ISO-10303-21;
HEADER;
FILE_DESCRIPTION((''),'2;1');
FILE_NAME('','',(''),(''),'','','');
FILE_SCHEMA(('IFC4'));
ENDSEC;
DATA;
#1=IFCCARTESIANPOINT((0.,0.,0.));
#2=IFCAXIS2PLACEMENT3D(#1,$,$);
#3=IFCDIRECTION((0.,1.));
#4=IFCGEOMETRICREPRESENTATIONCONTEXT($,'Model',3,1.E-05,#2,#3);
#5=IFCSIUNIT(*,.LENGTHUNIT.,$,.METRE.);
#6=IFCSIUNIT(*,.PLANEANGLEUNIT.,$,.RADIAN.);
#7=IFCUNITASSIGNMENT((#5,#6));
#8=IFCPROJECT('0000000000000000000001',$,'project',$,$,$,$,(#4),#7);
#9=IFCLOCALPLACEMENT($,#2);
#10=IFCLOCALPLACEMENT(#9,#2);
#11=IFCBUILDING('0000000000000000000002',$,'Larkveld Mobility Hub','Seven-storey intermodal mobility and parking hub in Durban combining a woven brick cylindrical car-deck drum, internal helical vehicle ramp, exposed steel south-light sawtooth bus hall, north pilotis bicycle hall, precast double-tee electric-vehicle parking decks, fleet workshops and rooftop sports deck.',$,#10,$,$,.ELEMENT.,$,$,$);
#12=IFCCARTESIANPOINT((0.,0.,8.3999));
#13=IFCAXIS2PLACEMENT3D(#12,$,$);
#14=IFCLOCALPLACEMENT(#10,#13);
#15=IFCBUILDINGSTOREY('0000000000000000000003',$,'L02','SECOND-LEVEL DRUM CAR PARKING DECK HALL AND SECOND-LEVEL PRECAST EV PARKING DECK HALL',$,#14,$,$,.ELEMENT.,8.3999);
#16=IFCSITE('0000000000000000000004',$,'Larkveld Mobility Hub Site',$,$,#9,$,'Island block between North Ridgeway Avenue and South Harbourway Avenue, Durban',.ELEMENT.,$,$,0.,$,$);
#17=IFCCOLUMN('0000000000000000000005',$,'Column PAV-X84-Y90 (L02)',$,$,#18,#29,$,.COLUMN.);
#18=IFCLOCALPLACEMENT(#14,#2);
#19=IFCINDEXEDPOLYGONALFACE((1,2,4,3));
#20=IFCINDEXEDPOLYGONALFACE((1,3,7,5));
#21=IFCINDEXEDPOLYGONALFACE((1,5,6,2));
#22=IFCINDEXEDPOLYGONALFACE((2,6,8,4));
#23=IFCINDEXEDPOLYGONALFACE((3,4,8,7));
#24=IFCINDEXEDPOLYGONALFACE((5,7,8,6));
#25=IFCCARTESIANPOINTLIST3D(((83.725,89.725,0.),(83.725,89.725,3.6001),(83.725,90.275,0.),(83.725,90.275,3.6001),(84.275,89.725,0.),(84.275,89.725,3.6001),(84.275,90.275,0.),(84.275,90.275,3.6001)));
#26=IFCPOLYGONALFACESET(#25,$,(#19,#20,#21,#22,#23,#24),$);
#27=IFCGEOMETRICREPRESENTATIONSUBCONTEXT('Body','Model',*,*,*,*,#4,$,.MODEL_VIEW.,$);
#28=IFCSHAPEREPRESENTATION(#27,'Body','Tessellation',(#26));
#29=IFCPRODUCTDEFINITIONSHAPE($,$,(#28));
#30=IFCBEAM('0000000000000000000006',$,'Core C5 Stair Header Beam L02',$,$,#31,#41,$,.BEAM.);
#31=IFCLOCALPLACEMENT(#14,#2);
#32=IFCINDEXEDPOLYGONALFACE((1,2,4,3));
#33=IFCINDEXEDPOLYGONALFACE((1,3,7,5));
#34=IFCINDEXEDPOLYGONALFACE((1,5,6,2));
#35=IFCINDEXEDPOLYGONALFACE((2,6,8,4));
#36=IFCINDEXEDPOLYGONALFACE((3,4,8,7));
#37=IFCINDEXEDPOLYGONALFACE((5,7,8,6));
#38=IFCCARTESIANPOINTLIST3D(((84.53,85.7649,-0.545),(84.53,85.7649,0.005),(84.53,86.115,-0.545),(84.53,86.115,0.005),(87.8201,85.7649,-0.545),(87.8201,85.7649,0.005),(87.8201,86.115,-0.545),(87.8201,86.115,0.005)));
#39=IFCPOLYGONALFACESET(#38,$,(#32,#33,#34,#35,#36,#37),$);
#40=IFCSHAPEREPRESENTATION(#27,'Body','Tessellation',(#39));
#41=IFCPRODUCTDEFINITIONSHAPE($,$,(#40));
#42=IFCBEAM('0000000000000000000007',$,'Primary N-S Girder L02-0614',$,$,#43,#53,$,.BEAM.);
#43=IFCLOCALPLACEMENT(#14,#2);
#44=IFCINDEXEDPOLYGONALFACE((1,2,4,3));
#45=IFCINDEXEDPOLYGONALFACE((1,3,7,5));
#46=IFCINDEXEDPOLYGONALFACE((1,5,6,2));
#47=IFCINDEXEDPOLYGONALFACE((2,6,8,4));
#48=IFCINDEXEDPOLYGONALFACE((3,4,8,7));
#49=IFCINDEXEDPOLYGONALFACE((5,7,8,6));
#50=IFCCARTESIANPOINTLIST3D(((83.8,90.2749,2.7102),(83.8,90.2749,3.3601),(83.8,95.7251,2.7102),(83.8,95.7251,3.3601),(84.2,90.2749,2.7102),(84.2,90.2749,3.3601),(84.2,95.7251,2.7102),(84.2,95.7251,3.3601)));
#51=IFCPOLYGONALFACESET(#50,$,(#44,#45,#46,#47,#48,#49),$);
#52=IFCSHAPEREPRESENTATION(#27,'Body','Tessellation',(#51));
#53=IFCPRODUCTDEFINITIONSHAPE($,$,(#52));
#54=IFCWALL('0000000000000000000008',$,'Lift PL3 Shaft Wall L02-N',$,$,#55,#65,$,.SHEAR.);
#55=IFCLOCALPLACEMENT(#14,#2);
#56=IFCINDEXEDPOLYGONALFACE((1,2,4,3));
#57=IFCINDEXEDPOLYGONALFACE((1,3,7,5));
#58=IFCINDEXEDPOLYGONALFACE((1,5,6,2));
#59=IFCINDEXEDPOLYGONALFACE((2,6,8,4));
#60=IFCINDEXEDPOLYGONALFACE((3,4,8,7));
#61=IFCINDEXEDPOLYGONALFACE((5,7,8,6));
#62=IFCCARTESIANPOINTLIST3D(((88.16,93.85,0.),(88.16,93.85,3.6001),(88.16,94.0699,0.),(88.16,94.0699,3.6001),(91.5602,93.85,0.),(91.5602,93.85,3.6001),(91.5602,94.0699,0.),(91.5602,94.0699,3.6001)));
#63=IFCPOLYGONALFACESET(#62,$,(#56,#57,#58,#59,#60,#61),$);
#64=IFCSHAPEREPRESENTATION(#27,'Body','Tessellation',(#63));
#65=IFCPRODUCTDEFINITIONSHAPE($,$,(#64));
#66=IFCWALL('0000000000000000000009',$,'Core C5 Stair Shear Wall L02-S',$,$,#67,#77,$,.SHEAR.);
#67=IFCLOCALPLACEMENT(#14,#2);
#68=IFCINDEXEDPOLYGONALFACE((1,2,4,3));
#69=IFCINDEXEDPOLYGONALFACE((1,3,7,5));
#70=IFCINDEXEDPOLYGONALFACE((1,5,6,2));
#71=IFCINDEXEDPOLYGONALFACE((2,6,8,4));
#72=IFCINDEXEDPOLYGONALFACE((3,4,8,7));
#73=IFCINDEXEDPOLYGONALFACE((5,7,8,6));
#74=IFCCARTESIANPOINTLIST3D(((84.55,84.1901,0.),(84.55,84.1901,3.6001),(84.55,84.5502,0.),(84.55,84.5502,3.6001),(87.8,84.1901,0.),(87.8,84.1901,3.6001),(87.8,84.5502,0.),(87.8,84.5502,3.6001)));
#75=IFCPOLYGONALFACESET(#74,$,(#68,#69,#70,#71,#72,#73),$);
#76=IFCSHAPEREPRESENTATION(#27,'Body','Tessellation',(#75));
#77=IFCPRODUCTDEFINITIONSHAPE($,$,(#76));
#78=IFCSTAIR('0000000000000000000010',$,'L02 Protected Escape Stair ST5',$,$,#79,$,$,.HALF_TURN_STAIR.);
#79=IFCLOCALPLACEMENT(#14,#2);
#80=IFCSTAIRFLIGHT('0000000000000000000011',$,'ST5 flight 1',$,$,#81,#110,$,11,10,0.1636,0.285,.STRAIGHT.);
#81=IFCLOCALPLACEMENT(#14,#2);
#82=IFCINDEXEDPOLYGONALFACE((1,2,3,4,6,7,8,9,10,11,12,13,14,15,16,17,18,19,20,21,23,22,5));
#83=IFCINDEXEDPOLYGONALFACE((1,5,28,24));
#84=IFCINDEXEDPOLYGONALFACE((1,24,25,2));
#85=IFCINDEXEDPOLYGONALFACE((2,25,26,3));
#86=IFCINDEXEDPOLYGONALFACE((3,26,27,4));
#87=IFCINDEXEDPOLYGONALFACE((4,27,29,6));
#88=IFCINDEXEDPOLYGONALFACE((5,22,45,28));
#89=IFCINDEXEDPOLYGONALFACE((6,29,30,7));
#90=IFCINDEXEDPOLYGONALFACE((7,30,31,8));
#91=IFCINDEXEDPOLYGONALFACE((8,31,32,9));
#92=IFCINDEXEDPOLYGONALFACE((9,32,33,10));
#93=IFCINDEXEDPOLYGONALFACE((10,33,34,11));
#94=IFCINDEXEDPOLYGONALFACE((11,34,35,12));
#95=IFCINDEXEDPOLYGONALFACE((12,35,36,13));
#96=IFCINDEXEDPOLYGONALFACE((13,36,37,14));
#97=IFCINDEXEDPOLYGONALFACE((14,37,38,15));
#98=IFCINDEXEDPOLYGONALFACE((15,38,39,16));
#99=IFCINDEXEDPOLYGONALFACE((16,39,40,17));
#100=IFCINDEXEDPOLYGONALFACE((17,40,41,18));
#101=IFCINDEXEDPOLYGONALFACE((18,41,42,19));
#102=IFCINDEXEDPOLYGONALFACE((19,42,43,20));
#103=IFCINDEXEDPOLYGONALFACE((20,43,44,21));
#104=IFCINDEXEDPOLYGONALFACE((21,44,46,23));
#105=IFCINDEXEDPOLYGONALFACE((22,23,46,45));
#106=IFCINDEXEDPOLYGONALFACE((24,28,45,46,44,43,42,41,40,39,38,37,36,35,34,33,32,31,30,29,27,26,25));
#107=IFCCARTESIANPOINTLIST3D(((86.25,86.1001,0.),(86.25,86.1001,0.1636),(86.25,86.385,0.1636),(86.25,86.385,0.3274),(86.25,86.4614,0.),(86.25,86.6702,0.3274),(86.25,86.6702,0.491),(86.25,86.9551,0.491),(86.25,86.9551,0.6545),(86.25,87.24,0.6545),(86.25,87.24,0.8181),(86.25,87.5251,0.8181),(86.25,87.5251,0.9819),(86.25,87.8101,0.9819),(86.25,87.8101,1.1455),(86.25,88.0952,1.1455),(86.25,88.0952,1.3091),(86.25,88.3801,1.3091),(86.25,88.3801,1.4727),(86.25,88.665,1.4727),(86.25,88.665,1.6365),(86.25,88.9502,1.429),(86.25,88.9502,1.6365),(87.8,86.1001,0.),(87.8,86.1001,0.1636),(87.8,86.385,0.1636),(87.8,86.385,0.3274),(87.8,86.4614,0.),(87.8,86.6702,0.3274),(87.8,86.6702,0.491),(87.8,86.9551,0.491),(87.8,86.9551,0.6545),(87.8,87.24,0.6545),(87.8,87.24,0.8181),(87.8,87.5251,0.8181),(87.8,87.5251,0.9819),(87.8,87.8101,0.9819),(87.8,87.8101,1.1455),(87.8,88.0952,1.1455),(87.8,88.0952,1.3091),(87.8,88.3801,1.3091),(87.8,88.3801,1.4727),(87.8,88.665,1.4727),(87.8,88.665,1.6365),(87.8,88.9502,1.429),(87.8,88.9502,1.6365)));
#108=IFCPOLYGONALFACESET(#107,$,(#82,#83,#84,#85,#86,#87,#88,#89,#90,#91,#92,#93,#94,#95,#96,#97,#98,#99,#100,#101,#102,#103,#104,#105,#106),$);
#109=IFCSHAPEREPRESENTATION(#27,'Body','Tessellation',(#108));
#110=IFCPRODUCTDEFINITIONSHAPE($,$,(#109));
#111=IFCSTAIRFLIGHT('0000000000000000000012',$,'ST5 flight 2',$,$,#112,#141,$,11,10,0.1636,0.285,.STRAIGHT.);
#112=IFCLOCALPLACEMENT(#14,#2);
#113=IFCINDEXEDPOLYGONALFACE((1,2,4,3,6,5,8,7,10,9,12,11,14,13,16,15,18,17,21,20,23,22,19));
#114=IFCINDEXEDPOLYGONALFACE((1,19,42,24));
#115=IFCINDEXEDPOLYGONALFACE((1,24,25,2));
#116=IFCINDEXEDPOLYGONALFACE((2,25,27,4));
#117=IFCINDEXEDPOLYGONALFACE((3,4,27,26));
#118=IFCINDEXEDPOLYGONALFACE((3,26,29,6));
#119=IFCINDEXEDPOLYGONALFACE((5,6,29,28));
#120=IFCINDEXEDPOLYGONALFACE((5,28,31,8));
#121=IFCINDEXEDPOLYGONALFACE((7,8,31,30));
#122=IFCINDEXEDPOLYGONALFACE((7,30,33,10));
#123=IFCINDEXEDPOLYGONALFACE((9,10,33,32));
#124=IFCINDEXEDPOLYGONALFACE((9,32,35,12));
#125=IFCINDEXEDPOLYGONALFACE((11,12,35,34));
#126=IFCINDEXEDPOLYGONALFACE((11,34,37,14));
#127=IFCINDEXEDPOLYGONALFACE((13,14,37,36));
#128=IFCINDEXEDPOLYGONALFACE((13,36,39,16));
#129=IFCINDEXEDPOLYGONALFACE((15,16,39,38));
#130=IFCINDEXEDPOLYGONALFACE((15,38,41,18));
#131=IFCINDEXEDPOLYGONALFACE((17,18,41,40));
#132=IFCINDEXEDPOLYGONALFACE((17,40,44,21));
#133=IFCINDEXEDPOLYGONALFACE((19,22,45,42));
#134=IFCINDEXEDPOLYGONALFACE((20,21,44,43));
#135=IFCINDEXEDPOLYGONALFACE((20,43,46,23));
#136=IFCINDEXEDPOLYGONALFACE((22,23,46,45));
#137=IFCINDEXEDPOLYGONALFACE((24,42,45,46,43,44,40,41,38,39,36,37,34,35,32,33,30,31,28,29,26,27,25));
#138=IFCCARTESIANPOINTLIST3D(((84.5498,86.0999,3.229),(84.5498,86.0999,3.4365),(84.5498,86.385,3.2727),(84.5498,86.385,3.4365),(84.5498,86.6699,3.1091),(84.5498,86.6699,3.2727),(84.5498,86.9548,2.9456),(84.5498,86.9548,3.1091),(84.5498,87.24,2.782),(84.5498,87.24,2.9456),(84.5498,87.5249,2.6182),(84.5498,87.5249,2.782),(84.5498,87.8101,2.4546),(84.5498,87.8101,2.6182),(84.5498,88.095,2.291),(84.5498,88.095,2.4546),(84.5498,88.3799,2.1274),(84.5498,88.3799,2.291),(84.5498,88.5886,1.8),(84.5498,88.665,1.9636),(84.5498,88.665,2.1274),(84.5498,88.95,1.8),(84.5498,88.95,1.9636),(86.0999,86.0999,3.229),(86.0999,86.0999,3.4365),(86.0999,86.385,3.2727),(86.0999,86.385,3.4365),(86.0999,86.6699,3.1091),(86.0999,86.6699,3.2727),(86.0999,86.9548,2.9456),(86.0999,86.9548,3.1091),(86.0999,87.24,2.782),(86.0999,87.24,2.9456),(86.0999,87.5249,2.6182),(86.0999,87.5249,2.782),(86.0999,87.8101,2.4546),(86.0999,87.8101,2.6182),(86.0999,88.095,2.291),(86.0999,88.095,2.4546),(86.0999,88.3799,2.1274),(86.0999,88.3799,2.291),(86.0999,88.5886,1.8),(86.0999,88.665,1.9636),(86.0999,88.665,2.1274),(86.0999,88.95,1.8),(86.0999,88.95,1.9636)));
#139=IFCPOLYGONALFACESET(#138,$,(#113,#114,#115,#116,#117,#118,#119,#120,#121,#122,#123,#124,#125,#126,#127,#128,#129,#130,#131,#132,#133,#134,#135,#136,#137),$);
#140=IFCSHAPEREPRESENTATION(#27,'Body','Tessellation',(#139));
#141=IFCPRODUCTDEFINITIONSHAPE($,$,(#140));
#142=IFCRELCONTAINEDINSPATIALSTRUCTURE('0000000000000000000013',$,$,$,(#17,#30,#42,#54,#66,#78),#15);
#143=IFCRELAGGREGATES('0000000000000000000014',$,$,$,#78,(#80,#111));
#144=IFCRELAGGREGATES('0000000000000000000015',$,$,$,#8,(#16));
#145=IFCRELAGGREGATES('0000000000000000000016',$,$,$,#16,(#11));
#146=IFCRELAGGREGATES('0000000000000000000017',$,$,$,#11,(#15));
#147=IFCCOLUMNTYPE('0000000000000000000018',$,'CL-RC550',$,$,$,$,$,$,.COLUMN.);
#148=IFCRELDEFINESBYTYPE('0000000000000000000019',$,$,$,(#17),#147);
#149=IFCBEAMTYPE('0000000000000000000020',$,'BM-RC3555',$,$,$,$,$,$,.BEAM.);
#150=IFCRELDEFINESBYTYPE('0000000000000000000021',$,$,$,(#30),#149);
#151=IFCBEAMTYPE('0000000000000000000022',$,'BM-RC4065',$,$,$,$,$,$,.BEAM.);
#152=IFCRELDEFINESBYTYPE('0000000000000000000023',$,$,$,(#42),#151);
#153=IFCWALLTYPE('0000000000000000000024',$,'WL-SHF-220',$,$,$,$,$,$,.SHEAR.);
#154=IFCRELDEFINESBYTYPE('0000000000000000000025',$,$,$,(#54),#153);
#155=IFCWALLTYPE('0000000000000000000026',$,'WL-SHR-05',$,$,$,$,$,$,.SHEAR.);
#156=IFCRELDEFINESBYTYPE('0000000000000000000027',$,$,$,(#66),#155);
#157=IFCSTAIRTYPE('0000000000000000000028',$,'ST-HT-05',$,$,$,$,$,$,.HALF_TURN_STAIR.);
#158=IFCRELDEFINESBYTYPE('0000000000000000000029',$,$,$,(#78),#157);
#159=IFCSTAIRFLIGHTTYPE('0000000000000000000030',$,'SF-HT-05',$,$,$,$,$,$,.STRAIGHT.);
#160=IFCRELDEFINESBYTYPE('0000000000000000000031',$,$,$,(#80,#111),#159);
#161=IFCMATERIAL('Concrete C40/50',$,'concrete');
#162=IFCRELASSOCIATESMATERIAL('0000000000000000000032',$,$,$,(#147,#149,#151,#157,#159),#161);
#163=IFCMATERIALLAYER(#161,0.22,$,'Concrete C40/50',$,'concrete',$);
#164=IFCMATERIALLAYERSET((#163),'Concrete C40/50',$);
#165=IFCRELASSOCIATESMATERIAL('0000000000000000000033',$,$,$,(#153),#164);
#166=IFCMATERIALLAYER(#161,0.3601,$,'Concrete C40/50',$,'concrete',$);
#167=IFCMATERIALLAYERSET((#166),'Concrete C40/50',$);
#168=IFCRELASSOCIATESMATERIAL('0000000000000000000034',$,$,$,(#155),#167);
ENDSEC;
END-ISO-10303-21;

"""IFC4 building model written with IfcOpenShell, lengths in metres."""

from ifc_helpers import new_model, si_unit, direction, frame, frame_2d, origin, origin_2d, place, context, subcontext, project, spatial, polyline, rectangle, outline, extrude, material, layer, layer_set, material_profile, profile_set, type_object, element, aggregate, save


model = new_model("IFC4")

# Units and contexts
model_context = context("Model", 3, precision=1e-05, world=origin(), true_north=direction((0.0, 1.0)))
body_context = subcontext(model_context, "Body", "Model", "MODEL_VIEW")
ifc_project = project(units=[si_unit("LENGTHUNIT", "METRE"), si_unit("PLANEANGLEUNIT", "RADIAN")], contexts=[model_context])

# Site, building, storey
site_placement = place(None, origin())
site = spatial("IfcSite", under=ifc_project, at=site_placement, Name="Larkveld Mobility Hub Site", LongName="Island block between North Ridgeway Avenue and South Harbourway Avenue, Durban", CompositionType="ELEMENT", RefElevation=0.0)
building_placement = place(site_placement, origin())
building = spatial("IfcBuilding", under=site, at=building_placement, Name="Larkveld Mobility Hub", Description="Seven-storey intermodal mobility and parking hub in Durban combining a woven brick cylindrical car-deck drum, internal helical vehicle ramp, exposed steel south-light sawtooth bus hall, north pilotis bicycle hall, precast double-tee electric-vehicle parking decks, fleet workshops and rooftop sports deck.", CompositionType="ELEMENT")
storey_placement = place(building_placement, frame((0.0, 0.0, 8.3999)))
storey = spatial("IfcBuildingStorey", under=building, at=storey_placement, Name="L02", Description="SECOND-LEVEL DRUM CAR PARKING DECK HALL AND SECOND-LEVEL PRECAST EV PARKING DECK HALL", CompositionType="ELEMENT", Elevation=8.3999)

# Column
ifc_material_1 = material(Name="Concrete C40/50", Category="concrete")
ifc_material_profile_1 = material_profile(ifc_material_1, rectangle(XDim=0.55, YDim=0.55, at=origin_2d()), Name="RC COL 550x550")
ifc_profile_set_1 = profile_set([ifc_material_profile_1], Name="Concrete C40/50")
column_type = type_object("IfcColumnType", Name="CL-RC550", PredefinedType="COLUMN", material=ifc_profile_set_1)
column_placement = place(storey_placement, frame((84.0, 90.0, 0.0), z_axis=(0.0, 0.0, 1.0), x_axis=(1.0, 0.0, 0.0)))
element("IfcColumn", 1, at=column_placement, inside=storey, type_object=column_type, Name="Column PAV-X84-Y90 (L02)", PredefinedType="COLUMN", context=body_context, shape_type="SweptSolid", body=[
    extrude(rectangle(XDim=0.55, YDim=0.55, at=origin_2d()), origin(), (0.0, 0.0, 1.0), 3.6001),
])

# Beams
ifc_material_profile_2 = material_profile(ifc_material_1, rectangle(XDim=0.3501, YDim=0.55, at=origin_2d()), Name="RC BM 350x550")
ifc_profile_set_2 = profile_set([ifc_material_profile_2], Name="Concrete C40/50")
beam_type_1 = type_object("IfcBeamType", Name="BM-RC3555", PredefinedType="BEAM", material=ifc_profile_set_2)
beam_1_placement = place(storey_placement, frame((84.53, 85.9399, -0.27), z_axis=(1.0, 0.0, 0.0), x_axis=(0.0, 1.0, 0.0)))
element("IfcBeam", 2, at=beam_1_placement, inside=storey, type_object=beam_type_1, Name="Core C5 Stair Header Beam L02", PredefinedType="BEAM", context=body_context, shape_type="SweptSolid", body=[
    extrude(rectangle(XDim=0.3501, YDim=0.55, at=origin_2d()), origin(), (0.0, 0.0, 1.0), 3.29),
])
ifc_material_profile_3 = material_profile(ifc_material_1, rectangle(XDim=0.3999, YDim=0.6499, at=origin_2d()), Name="RC BM 400x650")
ifc_profile_set_3 = profile_set([ifc_material_profile_3], Name="Concrete C40/50")
beam_type_2 = type_object("IfcBeamType", Name="BM-RC4065", PredefinedType="BEAM", material=ifc_profile_set_3)
beam_2_placement = place(storey_placement, frame((84.0, 90.2749, 3.0352), z_axis=(0.0, 1.0, 0.0), x_axis=(-1.0, 0.0, 0.0)))
element("IfcBeam", 3, at=beam_2_placement, inside=storey, type_object=beam_type_2, Name="Primary N-S Girder L02-0614", PredefinedType="BEAM", context=body_context, shape_type="SweptSolid", body=[
    extrude(rectangle(XDim=0.3999, YDim=0.6499, at=origin_2d()), origin(), (0.0, 0.0, 1.0), 5.4502),
])

# Walls
ifc_layer_1 = layer(ifc_material_1, 0.22, Name="Concrete C40/50", Category="concrete")
ifc_layer_set_1 = layer_set([ifc_layer_1], Name="Concrete C40/50")
wall_type_1 = type_object("IfcWallType", Name="WL-SHF-220", PredefinedType="SHEAR", material=ifc_layer_set_1)
wall_1_placement = place(storey_placement, frame((88.1599, 93.96, 0.0), z_axis=(0.0, 0.0, 1.0), x_axis=(1.0, 0.0, 0.0)))
element("IfcWall", 4, at=wall_1_placement, inside=storey, type_object=wall_type_1, Name="Lift PL3 Shaft Wall L02-N", PredefinedType="SHEAR", context=body_context, shape_type="SweptSolid", body=[
    extrude(rectangle(XDim=3.4001, YDim=0.22, at=frame_2d((1.7002, 0.0))), origin(), (0.0, 0.0, 1.0), 3.6001),
])
ifc_layer_2 = layer(ifc_material_1, 0.3601, Name="Concrete C40/50", Category="concrete")
ifc_layer_set_2 = layer_set([ifc_layer_2], Name="Concrete C40/50")
wall_type_2 = type_object("IfcWallType", Name="WL-SHR-05", PredefinedType="SHEAR", material=ifc_layer_set_2)
wall_2_placement = place(storey_placement, frame((87.8, 84.3701, 0.0), z_axis=(0.0, 0.0, 1.0), x_axis=(-1.0, 0.0, 0.0)))
element("IfcWall", 5, at=wall_2_placement, inside=storey, type_object=wall_type_2, Name="Core C5 Stair Shear Wall L02-S", PredefinedType="SHEAR", context=body_context, shape_type="SweptSolid", body=[
    extrude(rectangle(XDim=3.25, YDim=0.3601, at=frame_2d((1.625, 0.0))), origin(), (0.0, 0.0, 1.0), 3.6001),
])

# Stair, stair flights
stair_type = type_object("IfcStairType", Name="ST-HT-05", PredefinedType="HALF_TURN_STAIR", material=ifc_material_1)
stair_placement = place(storey_placement, origin())
stair = element("IfcStair", 6, at=stair_placement, inside=storey, type_object=stair_type, Name="L02 Protected Escape Stair ST5", PredefinedType="HALF_TURN_STAIR")
stair_flight_type = type_object("IfcStairFlightType", Name="SF-HT-05", PredefinedType="STRAIGHT", material=ifc_material_1)
stair_flight_1_placement = place(storey_placement, frame((87.0249, 86.1001, 0.0), z_axis=(0.0, 0.0, 1.0), x_axis=(0.0, 1.0, 0.0)))
stair_flight_1 = element("IfcStairFlight", 7, at=stair_flight_1_placement, type_object=stair_flight_type, Name="ST5 flight 1", NumberOfRisers=11, NumberOfTreads=10, PredefinedType="STRAIGHT", RiserHeight=0.1636, TreadLength=0.285, context=body_context, shape_type="SweptSolid", body=[
    extrude(outline(polyline([(0.0, 0.0), (0.0, 0.1636), (0.2849, 0.1636), (0.2849, 0.3274), (0.5701, 0.3274), (0.5701, 0.491), (0.855, 0.491), (0.855, 0.6545), (1.1399, 0.6545), (1.1399, 0.8181), (1.425, 0.8181), (1.425, 0.9819), (1.71, 0.9819), (1.71, 1.1455), (1.9951, 1.1455), (1.9951, 1.3091), (2.28, 1.3091), (2.28, 1.4727), (2.5649, 1.4727), (2.5649, 1.6365), (2.8501, 1.6365), (2.8501, 1.8), (2.8501, 1.429), (0.3613, 0.0), (0.0, 0.0)])), frame((0.0, 0.7749, 0.0), z_axis=(0.0, -1.0, 0.0), x_axis=(1.0, 0.0, 0.0)), (0.0, 0.0, 1.0), 1.55),
])
stair_flight_2_placement = place(storey_placement, frame((85.325, 88.95, 1.8), z_axis=(0.0, 0.0, 1.0), x_axis=(0.0, -1.0, 0.0)))
stair_flight_2 = element("IfcStairFlight", 8, at=stair_flight_2_placement, type_object=stair_flight_type, Name="ST5 flight 2", NumberOfRisers=11, NumberOfTreads=10, PredefinedType="STRAIGHT", RiserHeight=0.1636, TreadLength=0.285, context=body_context, shape_type="SweptSolid", body=[
    extrude(outline(polyline([(0.0, 0.0), (0.0, 0.1636), (0.2849, 0.1636), (0.2849, 0.3274), (0.5701, 0.3274), (0.5701, 0.491), (0.855, 0.491), (0.855, 0.6545), (1.1399, 0.6545), (1.1399, 0.8181), (1.425, 0.8181), (1.425, 0.9819), (1.71, 0.9819), (1.71, 1.1455), (1.9951, 1.1455), (1.9951, 1.3091), (2.28, 1.3091), (2.28, 1.4727), (2.5649, 1.4727), (2.5649, 1.6365), (2.8501, 1.6365), (2.8501, 1.8), (2.8501, 1.429), (0.3613, 0.0), (0.0, 0.0)])), frame((0.0, 0.7749, 0.0), z_axis=(0.0, -1.0, 0.0), x_axis=(1.0, 0.0, 0.0)), (0.0, 0.0, 1.0), 1.55),
])
aggregate(stair, [stair_flight_1, stair_flight_2])

save(model, "model.ifc")
